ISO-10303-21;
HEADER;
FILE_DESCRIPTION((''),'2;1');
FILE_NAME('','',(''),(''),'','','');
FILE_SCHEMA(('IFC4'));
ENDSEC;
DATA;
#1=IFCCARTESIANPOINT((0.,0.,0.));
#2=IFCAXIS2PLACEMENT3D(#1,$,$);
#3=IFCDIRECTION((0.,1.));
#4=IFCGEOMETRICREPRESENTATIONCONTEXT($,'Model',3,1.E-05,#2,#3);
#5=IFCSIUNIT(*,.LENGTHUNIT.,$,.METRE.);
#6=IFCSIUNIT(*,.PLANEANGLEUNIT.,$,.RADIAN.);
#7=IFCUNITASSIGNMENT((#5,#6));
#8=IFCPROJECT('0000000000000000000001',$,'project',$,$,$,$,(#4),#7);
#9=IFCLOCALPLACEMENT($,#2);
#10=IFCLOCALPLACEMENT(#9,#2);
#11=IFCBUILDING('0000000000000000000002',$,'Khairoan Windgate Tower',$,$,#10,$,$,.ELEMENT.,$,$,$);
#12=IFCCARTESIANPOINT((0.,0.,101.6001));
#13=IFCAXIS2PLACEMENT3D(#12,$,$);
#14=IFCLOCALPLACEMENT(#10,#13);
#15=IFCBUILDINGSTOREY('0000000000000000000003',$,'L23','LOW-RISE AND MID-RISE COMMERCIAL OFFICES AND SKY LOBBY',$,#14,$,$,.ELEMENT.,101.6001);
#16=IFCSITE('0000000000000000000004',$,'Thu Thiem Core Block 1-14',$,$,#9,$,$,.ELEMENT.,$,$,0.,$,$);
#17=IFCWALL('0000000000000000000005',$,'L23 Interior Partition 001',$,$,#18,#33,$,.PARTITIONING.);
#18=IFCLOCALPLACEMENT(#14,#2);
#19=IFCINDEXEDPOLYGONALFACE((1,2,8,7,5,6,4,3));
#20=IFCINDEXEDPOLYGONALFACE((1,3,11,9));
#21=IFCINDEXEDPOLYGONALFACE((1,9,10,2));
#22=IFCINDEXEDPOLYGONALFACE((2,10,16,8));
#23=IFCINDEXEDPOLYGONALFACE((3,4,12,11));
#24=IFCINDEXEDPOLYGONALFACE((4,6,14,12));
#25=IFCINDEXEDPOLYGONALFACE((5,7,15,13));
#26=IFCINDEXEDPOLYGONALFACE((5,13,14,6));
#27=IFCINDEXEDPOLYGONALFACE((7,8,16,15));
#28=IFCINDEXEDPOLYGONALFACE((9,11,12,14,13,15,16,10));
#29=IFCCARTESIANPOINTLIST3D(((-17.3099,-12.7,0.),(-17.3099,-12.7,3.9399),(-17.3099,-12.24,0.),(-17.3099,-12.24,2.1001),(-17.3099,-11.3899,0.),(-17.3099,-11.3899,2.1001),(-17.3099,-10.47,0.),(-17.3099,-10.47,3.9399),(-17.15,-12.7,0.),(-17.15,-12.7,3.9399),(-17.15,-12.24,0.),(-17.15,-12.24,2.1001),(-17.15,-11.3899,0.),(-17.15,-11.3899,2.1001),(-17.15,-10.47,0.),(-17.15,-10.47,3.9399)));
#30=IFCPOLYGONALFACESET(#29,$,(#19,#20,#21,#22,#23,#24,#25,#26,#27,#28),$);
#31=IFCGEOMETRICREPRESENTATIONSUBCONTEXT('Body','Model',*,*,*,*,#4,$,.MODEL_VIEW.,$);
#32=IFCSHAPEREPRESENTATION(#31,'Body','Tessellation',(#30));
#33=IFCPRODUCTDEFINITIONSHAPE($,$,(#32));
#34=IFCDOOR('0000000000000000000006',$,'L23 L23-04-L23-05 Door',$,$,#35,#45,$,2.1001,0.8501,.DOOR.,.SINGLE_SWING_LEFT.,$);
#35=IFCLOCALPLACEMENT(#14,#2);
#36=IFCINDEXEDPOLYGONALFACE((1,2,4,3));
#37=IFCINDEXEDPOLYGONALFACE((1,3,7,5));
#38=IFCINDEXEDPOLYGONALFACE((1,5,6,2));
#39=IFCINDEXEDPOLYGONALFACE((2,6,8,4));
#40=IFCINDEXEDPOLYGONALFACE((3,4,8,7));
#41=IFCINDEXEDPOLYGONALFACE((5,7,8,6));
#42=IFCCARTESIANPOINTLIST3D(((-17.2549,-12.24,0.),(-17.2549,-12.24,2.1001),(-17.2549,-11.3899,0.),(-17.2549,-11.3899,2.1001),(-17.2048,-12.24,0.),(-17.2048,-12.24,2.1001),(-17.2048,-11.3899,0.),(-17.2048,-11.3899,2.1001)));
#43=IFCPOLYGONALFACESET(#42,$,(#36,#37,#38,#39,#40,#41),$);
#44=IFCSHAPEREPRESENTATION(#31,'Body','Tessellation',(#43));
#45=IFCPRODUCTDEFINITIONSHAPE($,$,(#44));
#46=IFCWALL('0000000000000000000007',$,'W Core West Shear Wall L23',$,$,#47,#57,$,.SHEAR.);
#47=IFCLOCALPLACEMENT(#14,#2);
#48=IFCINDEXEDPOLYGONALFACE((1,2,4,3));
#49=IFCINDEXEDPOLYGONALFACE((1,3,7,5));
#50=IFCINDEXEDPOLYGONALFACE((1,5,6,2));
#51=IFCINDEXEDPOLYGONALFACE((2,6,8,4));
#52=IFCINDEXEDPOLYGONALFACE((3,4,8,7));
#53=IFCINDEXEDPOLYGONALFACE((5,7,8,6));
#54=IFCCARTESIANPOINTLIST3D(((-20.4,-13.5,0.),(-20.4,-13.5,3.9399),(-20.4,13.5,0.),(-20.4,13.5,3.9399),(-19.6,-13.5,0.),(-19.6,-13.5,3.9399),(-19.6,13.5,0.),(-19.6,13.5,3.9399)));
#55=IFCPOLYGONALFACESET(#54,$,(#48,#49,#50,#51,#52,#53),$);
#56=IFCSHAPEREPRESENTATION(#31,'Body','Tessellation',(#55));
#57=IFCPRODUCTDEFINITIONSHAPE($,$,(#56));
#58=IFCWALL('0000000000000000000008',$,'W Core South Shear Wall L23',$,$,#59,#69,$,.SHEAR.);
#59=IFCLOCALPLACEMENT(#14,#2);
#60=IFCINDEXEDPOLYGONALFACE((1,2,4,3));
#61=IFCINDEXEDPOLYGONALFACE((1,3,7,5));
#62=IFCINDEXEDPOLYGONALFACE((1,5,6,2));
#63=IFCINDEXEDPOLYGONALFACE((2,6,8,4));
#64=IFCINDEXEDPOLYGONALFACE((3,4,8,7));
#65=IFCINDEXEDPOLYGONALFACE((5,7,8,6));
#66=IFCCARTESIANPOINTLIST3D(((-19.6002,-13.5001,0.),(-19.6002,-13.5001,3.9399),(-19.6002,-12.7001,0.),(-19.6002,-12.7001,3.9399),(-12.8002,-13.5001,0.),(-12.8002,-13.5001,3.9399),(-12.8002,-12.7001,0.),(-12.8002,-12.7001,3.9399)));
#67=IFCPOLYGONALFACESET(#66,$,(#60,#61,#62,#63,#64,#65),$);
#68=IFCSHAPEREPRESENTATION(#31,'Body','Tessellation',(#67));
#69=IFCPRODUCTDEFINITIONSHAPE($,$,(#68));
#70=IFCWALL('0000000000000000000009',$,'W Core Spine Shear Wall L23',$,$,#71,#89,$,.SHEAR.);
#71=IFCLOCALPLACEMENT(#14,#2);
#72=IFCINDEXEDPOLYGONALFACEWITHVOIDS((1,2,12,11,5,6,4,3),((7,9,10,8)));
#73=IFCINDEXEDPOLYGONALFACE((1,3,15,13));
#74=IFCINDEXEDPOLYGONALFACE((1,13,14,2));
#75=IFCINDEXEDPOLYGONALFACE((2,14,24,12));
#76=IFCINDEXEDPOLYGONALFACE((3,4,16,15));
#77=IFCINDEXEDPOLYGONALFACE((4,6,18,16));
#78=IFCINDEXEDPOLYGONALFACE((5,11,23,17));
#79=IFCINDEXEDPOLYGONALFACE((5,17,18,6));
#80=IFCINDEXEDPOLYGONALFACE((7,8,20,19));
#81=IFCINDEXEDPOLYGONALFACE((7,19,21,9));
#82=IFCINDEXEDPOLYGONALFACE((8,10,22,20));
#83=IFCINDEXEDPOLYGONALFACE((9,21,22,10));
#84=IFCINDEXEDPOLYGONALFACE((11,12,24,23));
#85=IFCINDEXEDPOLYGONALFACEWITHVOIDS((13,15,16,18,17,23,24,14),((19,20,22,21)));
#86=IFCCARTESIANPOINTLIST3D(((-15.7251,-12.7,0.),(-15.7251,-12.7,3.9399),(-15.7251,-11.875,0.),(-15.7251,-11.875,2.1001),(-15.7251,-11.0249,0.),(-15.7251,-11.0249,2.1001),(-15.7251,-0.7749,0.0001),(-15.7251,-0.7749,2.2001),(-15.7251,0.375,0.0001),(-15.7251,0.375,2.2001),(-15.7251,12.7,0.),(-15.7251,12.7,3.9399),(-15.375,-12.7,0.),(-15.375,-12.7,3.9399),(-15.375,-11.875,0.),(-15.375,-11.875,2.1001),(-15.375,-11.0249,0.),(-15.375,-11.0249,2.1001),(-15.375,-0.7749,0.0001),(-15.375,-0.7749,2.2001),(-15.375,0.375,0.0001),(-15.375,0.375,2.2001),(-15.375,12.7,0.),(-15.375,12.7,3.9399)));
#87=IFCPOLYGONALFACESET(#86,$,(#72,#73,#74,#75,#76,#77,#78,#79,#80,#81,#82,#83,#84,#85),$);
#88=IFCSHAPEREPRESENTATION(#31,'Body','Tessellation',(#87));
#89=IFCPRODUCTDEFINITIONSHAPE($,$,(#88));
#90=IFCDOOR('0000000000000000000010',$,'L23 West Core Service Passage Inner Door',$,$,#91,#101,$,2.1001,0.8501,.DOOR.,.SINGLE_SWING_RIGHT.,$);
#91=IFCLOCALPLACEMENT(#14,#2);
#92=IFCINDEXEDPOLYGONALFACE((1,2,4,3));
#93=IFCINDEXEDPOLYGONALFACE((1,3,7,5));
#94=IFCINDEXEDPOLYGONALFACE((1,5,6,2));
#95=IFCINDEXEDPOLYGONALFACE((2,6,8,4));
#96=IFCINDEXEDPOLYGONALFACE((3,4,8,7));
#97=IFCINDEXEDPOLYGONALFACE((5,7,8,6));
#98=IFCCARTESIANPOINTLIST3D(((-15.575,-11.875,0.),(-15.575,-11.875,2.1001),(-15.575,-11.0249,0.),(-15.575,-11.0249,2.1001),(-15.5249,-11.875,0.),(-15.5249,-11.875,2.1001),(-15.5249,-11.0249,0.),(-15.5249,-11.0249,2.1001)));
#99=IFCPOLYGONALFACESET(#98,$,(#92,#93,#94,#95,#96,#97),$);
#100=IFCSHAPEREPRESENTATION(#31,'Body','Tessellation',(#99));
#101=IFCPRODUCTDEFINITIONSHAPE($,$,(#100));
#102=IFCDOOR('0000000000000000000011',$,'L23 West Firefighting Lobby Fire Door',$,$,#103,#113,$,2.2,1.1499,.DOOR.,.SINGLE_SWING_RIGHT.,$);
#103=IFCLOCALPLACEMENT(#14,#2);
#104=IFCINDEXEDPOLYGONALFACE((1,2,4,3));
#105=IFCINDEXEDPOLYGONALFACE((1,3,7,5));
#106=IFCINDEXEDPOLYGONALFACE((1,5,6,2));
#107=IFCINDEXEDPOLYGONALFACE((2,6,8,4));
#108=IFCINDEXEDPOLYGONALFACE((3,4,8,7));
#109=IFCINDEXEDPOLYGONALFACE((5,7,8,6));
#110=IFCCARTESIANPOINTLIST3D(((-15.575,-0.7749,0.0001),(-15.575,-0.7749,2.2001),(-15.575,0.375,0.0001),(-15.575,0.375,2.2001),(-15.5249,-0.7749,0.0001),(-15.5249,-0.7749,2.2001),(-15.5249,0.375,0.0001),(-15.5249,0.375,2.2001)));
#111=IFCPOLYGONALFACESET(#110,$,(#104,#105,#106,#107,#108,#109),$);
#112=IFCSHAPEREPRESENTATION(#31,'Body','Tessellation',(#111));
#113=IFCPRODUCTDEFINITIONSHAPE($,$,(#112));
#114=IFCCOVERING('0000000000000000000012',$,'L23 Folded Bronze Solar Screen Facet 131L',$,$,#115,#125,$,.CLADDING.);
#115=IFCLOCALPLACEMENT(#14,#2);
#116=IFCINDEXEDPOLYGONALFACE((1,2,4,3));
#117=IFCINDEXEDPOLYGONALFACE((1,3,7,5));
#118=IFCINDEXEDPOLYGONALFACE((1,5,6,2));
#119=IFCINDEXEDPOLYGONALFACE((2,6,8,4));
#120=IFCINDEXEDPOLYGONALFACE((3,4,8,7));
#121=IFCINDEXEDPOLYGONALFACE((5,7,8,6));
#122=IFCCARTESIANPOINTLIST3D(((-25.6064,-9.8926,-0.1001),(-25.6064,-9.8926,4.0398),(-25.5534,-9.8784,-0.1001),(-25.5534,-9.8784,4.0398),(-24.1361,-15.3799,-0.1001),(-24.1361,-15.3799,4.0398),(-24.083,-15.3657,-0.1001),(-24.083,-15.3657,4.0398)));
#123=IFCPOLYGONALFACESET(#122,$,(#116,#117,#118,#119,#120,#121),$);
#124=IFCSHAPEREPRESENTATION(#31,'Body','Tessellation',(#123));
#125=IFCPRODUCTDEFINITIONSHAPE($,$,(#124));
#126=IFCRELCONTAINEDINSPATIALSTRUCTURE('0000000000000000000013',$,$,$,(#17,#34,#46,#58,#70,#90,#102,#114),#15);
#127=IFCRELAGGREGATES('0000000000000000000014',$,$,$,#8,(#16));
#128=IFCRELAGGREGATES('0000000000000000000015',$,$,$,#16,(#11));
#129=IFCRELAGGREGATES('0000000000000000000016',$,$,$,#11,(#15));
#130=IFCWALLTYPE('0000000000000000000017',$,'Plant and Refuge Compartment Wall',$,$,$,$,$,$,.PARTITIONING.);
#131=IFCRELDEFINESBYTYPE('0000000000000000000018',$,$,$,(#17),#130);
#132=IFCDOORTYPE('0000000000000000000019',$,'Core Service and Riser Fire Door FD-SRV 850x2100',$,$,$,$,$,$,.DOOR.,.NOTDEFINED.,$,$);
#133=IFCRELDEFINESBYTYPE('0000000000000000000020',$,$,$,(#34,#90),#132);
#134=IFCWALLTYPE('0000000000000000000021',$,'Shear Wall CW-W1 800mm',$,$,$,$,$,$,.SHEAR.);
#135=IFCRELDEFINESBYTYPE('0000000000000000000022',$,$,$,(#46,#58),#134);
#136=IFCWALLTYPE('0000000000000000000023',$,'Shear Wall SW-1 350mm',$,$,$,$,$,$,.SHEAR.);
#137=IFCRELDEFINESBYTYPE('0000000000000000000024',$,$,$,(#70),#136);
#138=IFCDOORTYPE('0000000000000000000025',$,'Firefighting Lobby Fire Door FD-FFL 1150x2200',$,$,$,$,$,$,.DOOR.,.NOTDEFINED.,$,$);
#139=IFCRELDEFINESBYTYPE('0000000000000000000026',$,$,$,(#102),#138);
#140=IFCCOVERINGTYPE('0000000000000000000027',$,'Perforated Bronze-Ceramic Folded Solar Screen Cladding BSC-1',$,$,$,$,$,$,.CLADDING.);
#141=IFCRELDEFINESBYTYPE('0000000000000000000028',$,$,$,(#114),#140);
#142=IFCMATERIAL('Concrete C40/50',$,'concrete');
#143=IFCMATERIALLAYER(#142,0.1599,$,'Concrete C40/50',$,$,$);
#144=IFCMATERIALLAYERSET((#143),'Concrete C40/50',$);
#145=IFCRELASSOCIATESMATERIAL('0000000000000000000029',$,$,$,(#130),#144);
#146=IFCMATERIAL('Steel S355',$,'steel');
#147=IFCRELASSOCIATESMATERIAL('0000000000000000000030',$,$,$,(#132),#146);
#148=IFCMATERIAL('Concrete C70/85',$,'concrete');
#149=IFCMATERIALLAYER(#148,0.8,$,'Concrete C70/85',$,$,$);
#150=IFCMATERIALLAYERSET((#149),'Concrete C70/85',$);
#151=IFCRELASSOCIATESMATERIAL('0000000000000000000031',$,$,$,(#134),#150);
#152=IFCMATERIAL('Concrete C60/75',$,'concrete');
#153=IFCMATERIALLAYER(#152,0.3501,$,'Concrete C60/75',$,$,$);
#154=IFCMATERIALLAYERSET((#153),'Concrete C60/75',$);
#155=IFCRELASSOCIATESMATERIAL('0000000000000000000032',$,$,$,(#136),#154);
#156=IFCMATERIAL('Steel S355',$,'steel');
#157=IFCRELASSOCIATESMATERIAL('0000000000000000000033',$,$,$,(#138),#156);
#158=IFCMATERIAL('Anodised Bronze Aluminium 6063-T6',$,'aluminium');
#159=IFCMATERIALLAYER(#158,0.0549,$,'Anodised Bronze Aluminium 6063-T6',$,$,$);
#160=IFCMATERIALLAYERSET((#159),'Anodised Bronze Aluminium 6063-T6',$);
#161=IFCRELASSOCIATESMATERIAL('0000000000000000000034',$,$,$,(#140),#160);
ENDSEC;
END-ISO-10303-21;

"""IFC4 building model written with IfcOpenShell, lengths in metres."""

from ifc_helpers import new_model, si_unit, direction, frame, frame_2d, origin, origin_2d, place, context, subcontext, project, spatial, rectangle, extrude, material, layer, layer_set, type_object, element, fill, save


model = new_model("IFC4")

# Units and contexts
model_context = context("Model", 3, precision=1e-05, world=origin(), true_north=direction((0.0, 1.0)))
body_context = subcontext(model_context, "Body", "Model", "MODEL_VIEW")
ifc_project = project(units=[si_unit("LENGTHUNIT", "METRE"), si_unit("PLANEANGLEUNIT", "RADIAN")], contexts=[model_context])

# Site, building, storey
site_placement = place(None, origin())
site = spatial("IfcSite", under=ifc_project, at=site_placement, Name="Thu Thiem Core Block 1-14", CompositionType="ELEMENT", RefElevation=0.0)
building_placement = place(site_placement, origin())
building = spatial("IfcBuilding", under=site, at=building_placement, Name="Khairoan Windgate Tower", CompositionType="ELEMENT")
storey_placement = place(building_placement, frame((0.0, 0.0, 101.6001)))
storey = spatial("IfcBuildingStorey", under=building, at=storey_placement, Name="L23", Description="LOW-RISE AND MID-RISE COMMERCIAL OFFICES AND SKY LOBBY", CompositionType="ELEMENT", Elevation=101.6001)

# Wall, opening, door
ifc_material_1 = material(Name="Concrete C40/50", Category="concrete")
ifc_layer_1 = layer(ifc_material_1, 0.1599, Name="Concrete C40/50")
ifc_layer_set_1 = layer_set([ifc_layer_1], Name="Concrete C40/50")
wall_type_1 = type_object("IfcWallType", Name="Plant and Refuge Compartment Wall", PredefinedType="PARTITIONING", material=ifc_layer_set_1)
wall_1_placement = place(storey_placement, frame((-17.23, -12.7, 0.0), z_axis=(0.0, 0.0, 1.0), x_axis=(0.0, 1.0, 0.0)))
wall_1 = element("IfcWall", 1, at=wall_1_placement, inside=storey, type_object=wall_type_1, Name="L23 Interior Partition 001", PredefinedType="PARTITIONING", context=body_context, shape_type="SweptSolid", body=[
    extrude(rectangle(XDim=2.23, YDim=0.1599, at=frame_2d((1.115, 0.0))), origin(), (0.0, 0.0, 1.0), 3.9399),
])
opening_1_placement = place(wall_1_placement, frame((0.46, 0.0, 0.0)))
opening_1 = element("IfcOpeningElement", 2, at=opening_1_placement, cuts=wall_1, PredefinedType="OPENING", context=body_context, shape_type="SweptSolid", body=[
    extrude(rectangle(XDim=0.8501, YDim=2.1001, at=frame_2d((0.425, 1.05))), frame((0.0, 0.0898, 0.0), z_axis=(0.0, -1.0, 0.0), x_axis=(1.0, 0.0, 0.0)), (0.0, 0.0, 1.0), 0.1799),
])
ifc_material_2 = material(Name="Steel S355", Category="steel")
door_type_1 = type_object("IfcDoorType", Name="Core Service and Riser Fire Door FD-SRV 850x2100", OperationType="NOTDEFINED", PredefinedType="DOOR", material=ifc_material_2)
door_1_placement = place(opening_1_placement, origin())
door_1 = element("IfcDoor", 3, at=door_1_placement, inside=storey, type_object=door_type_1, Name="L23 L23-04-L23-05 Door", OperationType="SINGLE_SWING_LEFT", OverallHeight=2.1001, OverallWidth=0.8501, PredefinedType="DOOR", context=body_context, shape_type="SweptSolid", body=[
    extrude(rectangle(XDim=0.8501, YDim=2.1001, at=frame_2d((0.425, 1.05))), frame((0.0, 0.0249, 0.0), z_axis=(0.0, -1.0, 0.0), x_axis=(1.0, 0.0, 0.0)), (0.0, 0.0, 1.0), 0.05),
])
fill(opening_1, door_1)

# Walls
ifc_material_3 = material(Name="Concrete C70/85", Category="concrete")
ifc_layer_2 = layer(ifc_material_3, 0.8, Name="Concrete C70/85")
ifc_layer_set_2 = layer_set([ifc_layer_2], Name="Concrete C70/85")
wall_type_2 = type_object("IfcWallType", Name="Shear Wall CW-W1 800mm", PredefinedType="SHEAR", material=ifc_layer_set_2)
wall_2_placement = place(storey_placement, frame((-20.0, -13.5, 0.0), z_axis=(0.0, 0.0, 1.0), x_axis=(0.0, 1.0, 0.0)))
element("IfcWall", 4, at=wall_2_placement, inside=storey, type_object=wall_type_2, Name="W Core West Shear Wall L23", PredefinedType="SHEAR", context=body_context, shape_type="SweptSolid", body=[
    extrude(rectangle(XDim=27.0, YDim=0.8, at=frame_2d((13.5, 0.0))), origin(), (0.0, 0.0, 1.0), 3.9399),
])
wall_3_placement = place(storey_placement, frame((-19.6001, -13.1001, 0.0), z_axis=(0.0, 0.0, 1.0), x_axis=(1.0, 0.0, 0.0)))
element("IfcWall", 5, at=wall_3_placement, inside=storey, type_object=wall_type_2, Name="W Core South Shear Wall L23", PredefinedType="SHEAR", context=body_context, shape_type="SweptSolid", body=[
    extrude(rectangle(XDim=6.8, YDim=0.8, at=frame_2d((3.3999, 0.0))), origin(), (0.0, 0.0, 1.0), 3.9399),
])

# Wall, openings, doors
ifc_material_4 = material(Name="Concrete C60/75", Category="concrete")
ifc_layer_3 = layer(ifc_material_4, 0.3501, Name="Concrete C60/75")
ifc_layer_set_3 = layer_set([ifc_layer_3], Name="Concrete C60/75")
wall_type_3 = type_object("IfcWallType", Name="Shear Wall SW-1 350mm", PredefinedType="SHEAR", material=ifc_layer_set_3)
wall_4_placement = place(storey_placement, frame((-15.55, -12.7, 0.0), z_axis=(0.0, 0.0, 1.0), x_axis=(0.0, 1.0, 0.0)))
wall_4 = element("IfcWall", 6, at=wall_4_placement, inside=storey, type_object=wall_type_3, Name="W Core Spine Shear Wall L23", PredefinedType="SHEAR", context=body_context, shape_type="SweptSolid", body=[
    extrude(rectangle(XDim=25.3999, YDim=0.3501, at=frame_2d((12.7, 0.0))), origin(), (0.0, 0.0, 1.0), 3.9399),
])
opening_2_placement = place(wall_4_placement, frame((11.925, 0.0, 0.0)))
opening_2 = element("IfcOpeningElement", 7, at=opening_2_placement, cuts=wall_4, PredefinedType="OPENING", context=body_context, shape_type="SweptSolid", body=[
    extrude(rectangle(XDim=1.1499, YDim=2.2, at=frame_2d((0.575, 1.1001))), frame((0.0, 0.1851, 0.0), z_axis=(0.0, -1.0, 0.0), x_axis=(1.0, 0.0, 0.0)), (0.0, 0.0, 1.0), 0.3701),
])
opening_3_placement = place(wall_4_placement, frame((0.825, 0.0, 0.0)))
opening_3 = element("IfcOpeningElement", 8, at=opening_3_placement, cuts=wall_4, PredefinedType="OPENING", context=body_context, shape_type="SweptSolid", body=[
    extrude(rectangle(XDim=0.8501, YDim=2.1001, at=frame_2d((0.425, 1.05))), frame((0.0, 0.1851, 0.0), z_axis=(0.0, -1.0, 0.0), x_axis=(1.0, 0.0, 0.0)), (0.0, 0.0, 1.0), 0.3701),
])
door_2_placement = place(opening_3_placement, origin())
door_2 = element("IfcDoor", 9, at=door_2_placement, inside=storey, type_object=door_type_1, Name="L23 West Core Service Passage Inner Door", OperationType="SINGLE_SWING_RIGHT", OverallHeight=2.1001, OverallWidth=0.8501, PredefinedType="DOOR", context=body_context, shape_type="SweptSolid", body=[
    extrude(rectangle(XDim=0.8501, YDim=2.1001, at=frame_2d((0.425, 1.05))), frame((0.0, 0.0249, 0.0), z_axis=(0.0, -1.0, 0.0), x_axis=(1.0, 0.0, 0.0)), (0.0, 0.0, 1.0), 0.05),
])
fill(opening_3, door_2)
ifc_material_5 = material(Name="Steel S355", Category="steel")
door_type_2 = type_object("IfcDoorType", Name="Firefighting Lobby Fire Door FD-FFL 1150x2200", OperationType="NOTDEFINED", PredefinedType="DOOR", material=ifc_material_5)
door_3_placement = place(opening_2_placement, origin())
door_3 = element("IfcDoor", 10, at=door_3_placement, inside=storey, type_object=door_type_2, Name="L23 West Firefighting Lobby Fire Door", OperationType="SINGLE_SWING_RIGHT", OverallHeight=2.2, OverallWidth=1.1499, PredefinedType="DOOR", context=body_context, shape_type="SweptSolid", body=[
    extrude(rectangle(XDim=1.1499, YDim=2.2, at=frame_2d((0.575, 1.1001))), frame((0.0, 0.0249, 0.0), z_axis=(0.0, -1.0, 0.0), x_axis=(1.0, 0.0, 0.0)), (0.0, 0.0, 1.0), 0.05),
])
fill(opening_2, door_3)

# Covering
ifc_material_6 = material(Name="Anodised Bronze Aluminium 6063-T6", Category="aluminium")
ifc_layer_4 = layer(ifc_material_6, 0.0549, Name="Anodised Bronze Aluminium 6063-T6")
ifc_layer_set_4 = layer_set([ifc_layer_4], Name="Anodised Bronze Aluminium 6063-T6")
covering_type = type_object("IfcCoveringType", Name="Perforated Bronze-Ceramic Folded Solar Screen Cladding BSC-1", PredefinedType="CLADDING", material=ifc_layer_set_4)
covering_placement = place(storey_placement, frame((-24.8447, -12.6292, -0.1001), z_axis=(0.0, 0.0, 1.0), x_axis=(-0.258819, 0.965926, 0.0)))
element("IfcCovering", 11, at=covering_placement, inside=storey, type_object=covering_type, Name="L23 Folded Bronze Solar Screen Facet 131L", PredefinedType="CLADDING", context=body_context, shape_type="SweptSolid", body=[
    extrude(rectangle(XDim=5.6809, YDim=0.0549, at=origin_2d()), origin(), (0.0, 0.0, 1.0), 4.1399),
])

save(model, "model.ifc")
